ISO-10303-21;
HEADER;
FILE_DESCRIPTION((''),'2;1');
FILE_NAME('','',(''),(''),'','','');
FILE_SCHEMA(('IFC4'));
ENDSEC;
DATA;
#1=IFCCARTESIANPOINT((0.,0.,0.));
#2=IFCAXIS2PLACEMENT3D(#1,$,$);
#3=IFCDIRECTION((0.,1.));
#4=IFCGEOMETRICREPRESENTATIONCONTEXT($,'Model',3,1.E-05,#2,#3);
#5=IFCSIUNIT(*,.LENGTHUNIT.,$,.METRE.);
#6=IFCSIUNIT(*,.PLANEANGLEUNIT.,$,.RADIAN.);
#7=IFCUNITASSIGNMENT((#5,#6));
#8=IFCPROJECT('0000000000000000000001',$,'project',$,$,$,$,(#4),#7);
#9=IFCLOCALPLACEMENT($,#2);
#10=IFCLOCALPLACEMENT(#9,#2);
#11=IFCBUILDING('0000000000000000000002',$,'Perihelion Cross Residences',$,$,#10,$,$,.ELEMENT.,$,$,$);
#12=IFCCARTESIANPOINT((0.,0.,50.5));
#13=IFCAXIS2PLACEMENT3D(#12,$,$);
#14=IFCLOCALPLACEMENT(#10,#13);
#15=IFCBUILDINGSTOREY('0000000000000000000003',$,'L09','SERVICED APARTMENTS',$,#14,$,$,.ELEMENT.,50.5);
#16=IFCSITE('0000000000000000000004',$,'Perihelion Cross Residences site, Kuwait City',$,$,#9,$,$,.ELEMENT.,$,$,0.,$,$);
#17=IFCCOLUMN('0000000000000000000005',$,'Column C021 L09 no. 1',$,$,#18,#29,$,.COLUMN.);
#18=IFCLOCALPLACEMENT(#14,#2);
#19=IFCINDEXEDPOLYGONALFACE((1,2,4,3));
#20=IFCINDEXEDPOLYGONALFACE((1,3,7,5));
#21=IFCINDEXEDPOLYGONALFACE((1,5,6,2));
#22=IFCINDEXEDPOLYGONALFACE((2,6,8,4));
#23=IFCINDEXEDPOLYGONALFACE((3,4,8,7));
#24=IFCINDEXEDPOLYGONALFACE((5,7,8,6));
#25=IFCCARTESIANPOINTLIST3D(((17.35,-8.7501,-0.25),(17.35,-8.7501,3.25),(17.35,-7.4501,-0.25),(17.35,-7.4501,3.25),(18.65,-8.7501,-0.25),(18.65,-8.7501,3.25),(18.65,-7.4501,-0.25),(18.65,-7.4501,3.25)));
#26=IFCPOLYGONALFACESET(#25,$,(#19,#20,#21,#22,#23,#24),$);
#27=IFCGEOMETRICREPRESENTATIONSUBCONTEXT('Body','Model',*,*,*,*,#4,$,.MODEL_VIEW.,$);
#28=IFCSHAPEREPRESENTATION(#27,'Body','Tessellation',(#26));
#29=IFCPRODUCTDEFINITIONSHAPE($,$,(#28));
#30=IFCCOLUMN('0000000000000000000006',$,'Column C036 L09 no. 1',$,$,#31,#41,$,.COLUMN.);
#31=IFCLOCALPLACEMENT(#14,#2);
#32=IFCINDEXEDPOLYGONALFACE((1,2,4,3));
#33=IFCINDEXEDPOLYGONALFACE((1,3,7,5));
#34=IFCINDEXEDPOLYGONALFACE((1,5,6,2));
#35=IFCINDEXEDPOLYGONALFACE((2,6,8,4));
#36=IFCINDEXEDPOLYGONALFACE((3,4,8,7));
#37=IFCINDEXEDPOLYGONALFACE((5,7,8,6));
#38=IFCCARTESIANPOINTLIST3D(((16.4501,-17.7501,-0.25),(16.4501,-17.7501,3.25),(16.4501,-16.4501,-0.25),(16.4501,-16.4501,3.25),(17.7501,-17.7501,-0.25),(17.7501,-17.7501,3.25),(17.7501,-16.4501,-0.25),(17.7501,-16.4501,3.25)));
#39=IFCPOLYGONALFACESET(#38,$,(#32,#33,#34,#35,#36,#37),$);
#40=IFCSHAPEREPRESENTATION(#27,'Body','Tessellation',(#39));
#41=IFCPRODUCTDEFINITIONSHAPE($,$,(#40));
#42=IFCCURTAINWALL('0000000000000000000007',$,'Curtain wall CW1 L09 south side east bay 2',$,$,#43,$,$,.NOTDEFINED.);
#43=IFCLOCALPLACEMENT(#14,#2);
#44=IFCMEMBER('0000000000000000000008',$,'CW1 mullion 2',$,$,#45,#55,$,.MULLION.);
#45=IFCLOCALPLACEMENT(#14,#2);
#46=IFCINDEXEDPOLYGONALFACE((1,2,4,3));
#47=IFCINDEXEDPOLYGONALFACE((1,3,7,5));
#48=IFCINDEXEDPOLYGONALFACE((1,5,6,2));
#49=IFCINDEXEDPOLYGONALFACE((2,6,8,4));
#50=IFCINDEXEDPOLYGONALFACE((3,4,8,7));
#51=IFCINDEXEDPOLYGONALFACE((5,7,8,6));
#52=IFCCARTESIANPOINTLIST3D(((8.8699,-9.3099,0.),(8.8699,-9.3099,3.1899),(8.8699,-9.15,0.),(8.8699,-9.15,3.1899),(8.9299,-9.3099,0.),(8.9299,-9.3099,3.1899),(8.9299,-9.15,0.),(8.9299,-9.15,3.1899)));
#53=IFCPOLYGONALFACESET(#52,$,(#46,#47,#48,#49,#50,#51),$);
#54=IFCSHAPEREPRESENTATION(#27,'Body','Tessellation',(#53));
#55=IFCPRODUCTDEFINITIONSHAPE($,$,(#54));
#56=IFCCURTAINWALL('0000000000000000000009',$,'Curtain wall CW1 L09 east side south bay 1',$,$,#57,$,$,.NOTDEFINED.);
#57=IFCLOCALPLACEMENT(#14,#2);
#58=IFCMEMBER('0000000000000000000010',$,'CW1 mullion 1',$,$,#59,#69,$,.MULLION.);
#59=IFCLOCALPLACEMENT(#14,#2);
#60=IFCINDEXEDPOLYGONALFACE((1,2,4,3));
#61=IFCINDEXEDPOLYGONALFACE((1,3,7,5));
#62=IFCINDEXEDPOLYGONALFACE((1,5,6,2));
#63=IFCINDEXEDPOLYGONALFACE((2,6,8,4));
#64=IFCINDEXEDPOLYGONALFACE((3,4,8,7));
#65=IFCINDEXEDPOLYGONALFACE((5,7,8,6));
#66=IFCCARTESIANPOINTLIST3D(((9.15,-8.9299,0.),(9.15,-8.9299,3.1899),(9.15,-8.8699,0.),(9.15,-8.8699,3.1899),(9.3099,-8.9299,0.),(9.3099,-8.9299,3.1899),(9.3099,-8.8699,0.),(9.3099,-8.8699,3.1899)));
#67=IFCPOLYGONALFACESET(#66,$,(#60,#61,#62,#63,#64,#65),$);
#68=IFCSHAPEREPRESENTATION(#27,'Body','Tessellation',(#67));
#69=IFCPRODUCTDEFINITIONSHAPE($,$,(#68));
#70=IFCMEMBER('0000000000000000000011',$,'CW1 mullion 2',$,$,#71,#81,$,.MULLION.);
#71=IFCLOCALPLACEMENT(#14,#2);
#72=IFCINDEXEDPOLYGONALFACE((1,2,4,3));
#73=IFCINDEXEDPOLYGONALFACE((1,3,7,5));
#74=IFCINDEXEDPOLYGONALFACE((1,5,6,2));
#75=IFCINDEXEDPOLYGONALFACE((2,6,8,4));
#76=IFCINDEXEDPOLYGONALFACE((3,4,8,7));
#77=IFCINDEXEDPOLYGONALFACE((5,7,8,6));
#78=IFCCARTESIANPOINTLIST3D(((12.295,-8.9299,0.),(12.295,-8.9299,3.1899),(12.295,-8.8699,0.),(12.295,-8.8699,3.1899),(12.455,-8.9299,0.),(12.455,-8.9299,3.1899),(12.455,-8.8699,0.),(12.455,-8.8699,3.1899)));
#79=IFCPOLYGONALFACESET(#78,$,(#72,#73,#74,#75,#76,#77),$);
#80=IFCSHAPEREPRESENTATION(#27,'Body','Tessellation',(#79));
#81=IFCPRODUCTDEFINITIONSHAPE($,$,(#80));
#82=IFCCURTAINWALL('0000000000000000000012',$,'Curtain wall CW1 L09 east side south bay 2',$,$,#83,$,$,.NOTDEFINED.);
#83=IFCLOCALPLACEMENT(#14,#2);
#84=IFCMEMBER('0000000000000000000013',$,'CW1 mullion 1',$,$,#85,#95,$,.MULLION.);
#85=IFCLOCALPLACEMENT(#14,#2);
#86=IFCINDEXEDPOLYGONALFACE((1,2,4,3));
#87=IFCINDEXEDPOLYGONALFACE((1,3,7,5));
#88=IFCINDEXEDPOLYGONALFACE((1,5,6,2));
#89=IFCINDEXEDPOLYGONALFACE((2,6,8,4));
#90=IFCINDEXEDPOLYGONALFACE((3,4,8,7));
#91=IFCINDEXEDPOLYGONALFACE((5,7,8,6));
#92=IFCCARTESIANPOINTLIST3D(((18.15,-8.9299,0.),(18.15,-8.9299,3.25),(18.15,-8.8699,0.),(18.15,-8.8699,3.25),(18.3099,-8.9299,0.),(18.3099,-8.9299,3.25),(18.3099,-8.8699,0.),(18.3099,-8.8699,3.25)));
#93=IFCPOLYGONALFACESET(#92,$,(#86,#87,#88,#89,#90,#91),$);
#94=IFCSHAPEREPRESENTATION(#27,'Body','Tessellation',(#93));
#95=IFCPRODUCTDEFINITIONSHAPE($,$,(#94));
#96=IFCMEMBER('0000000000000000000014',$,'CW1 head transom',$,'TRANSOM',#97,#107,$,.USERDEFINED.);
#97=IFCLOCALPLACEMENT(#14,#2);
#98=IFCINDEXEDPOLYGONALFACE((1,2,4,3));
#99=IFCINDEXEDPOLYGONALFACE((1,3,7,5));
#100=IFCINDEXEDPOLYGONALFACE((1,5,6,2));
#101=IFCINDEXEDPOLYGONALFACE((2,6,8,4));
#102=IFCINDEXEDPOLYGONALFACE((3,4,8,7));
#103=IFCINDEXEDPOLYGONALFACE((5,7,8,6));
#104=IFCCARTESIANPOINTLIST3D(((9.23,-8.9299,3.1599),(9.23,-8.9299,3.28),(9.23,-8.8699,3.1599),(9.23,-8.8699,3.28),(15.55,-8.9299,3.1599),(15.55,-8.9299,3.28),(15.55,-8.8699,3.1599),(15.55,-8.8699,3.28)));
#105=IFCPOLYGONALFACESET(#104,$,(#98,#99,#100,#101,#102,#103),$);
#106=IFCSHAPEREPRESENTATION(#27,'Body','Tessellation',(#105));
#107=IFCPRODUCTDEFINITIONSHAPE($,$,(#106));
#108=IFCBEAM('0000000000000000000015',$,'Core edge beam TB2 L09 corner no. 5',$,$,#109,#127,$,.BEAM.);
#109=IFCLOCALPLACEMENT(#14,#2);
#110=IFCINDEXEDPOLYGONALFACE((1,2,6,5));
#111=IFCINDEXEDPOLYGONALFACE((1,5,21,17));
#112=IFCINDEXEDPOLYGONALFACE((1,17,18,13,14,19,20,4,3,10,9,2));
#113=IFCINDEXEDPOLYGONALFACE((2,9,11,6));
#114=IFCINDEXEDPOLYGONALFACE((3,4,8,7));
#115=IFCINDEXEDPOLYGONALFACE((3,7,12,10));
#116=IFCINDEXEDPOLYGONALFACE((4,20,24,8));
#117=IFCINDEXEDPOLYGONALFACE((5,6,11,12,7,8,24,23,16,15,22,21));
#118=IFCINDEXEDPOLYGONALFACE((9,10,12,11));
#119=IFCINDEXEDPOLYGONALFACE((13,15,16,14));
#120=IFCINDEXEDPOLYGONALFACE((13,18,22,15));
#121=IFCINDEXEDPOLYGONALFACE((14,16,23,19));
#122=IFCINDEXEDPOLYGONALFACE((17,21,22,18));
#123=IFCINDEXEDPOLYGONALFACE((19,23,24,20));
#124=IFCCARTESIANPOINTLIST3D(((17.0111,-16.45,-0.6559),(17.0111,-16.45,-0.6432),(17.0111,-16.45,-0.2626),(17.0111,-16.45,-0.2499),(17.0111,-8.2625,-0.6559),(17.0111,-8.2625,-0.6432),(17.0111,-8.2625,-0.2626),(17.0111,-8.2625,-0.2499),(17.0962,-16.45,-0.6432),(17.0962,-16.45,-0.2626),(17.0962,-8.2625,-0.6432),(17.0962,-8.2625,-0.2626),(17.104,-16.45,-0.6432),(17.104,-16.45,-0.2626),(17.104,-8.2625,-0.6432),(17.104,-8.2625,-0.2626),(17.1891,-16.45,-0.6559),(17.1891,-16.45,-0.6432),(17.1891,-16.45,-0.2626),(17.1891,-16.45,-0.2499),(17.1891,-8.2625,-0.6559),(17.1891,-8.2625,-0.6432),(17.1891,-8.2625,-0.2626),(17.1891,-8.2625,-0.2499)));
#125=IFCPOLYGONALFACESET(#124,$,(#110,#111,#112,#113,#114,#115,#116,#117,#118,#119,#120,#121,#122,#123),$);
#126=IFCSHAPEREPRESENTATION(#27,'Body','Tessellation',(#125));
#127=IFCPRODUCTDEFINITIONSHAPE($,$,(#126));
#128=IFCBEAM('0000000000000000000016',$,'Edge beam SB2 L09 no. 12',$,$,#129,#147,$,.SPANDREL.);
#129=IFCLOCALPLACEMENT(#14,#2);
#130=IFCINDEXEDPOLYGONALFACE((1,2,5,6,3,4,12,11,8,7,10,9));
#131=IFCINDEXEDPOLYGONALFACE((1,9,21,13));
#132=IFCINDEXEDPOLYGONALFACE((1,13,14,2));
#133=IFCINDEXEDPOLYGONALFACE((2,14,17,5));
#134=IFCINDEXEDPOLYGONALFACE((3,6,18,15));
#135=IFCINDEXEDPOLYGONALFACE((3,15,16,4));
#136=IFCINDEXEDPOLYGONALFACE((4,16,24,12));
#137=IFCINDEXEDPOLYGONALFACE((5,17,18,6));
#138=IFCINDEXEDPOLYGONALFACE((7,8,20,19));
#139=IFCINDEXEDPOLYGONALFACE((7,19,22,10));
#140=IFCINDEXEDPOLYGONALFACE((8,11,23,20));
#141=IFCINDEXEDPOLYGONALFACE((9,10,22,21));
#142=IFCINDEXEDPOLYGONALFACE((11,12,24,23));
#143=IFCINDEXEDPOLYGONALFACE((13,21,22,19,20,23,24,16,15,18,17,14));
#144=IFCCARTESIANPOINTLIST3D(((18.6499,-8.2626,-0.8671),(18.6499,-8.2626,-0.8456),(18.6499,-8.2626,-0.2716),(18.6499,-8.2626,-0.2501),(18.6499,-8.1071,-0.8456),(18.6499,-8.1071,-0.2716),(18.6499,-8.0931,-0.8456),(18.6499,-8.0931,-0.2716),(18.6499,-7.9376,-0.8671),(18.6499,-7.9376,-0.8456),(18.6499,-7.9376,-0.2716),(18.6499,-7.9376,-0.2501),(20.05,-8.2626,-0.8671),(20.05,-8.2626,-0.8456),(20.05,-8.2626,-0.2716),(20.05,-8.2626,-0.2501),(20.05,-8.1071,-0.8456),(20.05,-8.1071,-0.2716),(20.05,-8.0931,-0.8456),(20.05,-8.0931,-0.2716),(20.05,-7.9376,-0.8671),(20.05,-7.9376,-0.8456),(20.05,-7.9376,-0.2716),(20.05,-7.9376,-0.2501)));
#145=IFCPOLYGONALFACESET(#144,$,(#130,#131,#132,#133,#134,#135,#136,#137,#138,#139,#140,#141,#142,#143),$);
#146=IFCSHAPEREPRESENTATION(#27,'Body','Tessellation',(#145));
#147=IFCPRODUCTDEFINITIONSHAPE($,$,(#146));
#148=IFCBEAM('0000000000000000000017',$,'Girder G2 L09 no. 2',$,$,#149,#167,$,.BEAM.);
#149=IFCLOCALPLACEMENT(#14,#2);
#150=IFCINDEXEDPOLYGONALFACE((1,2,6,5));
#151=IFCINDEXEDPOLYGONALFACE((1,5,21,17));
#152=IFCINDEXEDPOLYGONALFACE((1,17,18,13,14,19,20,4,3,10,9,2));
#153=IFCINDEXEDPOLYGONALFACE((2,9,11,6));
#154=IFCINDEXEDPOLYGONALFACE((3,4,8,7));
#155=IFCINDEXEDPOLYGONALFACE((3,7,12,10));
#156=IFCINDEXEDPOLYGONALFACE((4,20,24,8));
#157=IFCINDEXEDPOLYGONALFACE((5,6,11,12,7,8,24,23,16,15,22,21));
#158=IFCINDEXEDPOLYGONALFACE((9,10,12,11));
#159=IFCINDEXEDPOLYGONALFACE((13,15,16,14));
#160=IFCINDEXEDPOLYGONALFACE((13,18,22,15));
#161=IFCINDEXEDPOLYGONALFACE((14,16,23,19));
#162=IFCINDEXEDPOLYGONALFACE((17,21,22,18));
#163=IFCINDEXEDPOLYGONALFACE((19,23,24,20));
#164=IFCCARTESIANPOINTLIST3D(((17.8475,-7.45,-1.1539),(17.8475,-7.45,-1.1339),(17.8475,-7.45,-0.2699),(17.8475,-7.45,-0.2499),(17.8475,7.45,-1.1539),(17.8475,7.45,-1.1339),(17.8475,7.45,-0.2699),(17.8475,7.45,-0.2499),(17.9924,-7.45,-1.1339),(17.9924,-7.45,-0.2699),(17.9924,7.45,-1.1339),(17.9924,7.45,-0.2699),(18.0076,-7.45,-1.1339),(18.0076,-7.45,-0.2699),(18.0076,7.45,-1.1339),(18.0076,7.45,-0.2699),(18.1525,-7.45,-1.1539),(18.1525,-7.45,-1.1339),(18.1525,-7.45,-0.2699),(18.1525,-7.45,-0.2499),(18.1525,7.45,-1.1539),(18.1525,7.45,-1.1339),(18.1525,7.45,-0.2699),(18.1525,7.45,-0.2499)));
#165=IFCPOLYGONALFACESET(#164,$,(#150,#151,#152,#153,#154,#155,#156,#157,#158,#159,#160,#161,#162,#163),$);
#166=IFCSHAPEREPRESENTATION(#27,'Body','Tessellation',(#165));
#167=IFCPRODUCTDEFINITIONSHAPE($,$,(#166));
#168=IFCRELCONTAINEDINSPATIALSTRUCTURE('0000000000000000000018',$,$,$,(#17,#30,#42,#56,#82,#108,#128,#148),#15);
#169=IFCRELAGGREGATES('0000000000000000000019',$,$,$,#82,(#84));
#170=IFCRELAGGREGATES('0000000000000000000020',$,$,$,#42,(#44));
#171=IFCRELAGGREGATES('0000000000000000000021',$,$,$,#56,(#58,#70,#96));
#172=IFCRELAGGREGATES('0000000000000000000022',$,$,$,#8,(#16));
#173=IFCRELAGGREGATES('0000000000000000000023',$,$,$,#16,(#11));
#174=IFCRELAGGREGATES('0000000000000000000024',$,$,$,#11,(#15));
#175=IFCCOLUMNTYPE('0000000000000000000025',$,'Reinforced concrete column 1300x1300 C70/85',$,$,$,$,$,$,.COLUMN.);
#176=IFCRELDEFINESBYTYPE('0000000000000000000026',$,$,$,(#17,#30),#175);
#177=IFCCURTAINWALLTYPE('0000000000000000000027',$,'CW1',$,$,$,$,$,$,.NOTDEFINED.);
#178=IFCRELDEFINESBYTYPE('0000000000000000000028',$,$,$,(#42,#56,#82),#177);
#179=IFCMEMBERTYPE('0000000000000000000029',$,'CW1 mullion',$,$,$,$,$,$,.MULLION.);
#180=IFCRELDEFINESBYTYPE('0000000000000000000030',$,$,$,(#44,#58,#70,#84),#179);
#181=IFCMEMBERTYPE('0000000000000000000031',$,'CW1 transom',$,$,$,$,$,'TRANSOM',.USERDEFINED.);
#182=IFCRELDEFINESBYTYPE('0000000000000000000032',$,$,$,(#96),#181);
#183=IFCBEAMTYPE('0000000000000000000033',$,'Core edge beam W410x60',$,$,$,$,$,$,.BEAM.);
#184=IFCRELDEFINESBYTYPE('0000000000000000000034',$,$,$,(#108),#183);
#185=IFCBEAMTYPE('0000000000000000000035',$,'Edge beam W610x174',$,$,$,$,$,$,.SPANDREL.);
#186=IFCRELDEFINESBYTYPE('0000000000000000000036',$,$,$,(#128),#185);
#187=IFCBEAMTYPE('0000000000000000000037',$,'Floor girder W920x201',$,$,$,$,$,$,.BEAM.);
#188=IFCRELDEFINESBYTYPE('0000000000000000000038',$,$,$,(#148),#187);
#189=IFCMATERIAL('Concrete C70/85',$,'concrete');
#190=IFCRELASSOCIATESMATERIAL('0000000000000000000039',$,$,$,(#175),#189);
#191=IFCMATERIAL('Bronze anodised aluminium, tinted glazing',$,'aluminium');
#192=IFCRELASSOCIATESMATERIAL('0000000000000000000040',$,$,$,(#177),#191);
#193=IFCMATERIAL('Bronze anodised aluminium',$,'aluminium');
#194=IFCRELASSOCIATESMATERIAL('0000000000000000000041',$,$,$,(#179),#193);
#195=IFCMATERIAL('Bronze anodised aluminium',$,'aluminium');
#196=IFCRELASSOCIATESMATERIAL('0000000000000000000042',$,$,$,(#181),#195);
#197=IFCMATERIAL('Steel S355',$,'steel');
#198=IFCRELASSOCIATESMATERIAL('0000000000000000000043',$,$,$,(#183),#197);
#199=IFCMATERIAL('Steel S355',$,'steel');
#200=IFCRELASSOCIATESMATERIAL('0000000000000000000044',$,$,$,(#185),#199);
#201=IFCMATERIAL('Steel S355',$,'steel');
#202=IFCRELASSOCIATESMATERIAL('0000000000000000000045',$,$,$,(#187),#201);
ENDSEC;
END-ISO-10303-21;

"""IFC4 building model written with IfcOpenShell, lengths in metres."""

from ifc_helpers import new_model, si_unit, direction, frame, origin, origin_2d, place, context, subcontext, project, spatial, rectangle, i_section, extrude, material, material_profile, profile_set, type_object, element, aggregate, save


model = new_model("IFC4")

# Units and contexts
model_context = context("Model", 3, precision=1e-05, world=origin(), true_north=direction((0.0, 1.0)))
body_context = subcontext(model_context, "Body", "Model", "MODEL_VIEW")
ifc_project = project(units=[si_unit("LENGTHUNIT", "METRE"), si_unit("PLANEANGLEUNIT", "RADIAN")], contexts=[model_context])

# Site, building, storey
site_placement = place(None, origin())
site = spatial("IfcSite", under=ifc_project, at=site_placement, Name="Perihelion Cross Residences site, Kuwait City", CompositionType="ELEMENT", RefElevation=0.0)
building_placement = place(site_placement, origin())
building = spatial("IfcBuilding", under=site, at=building_placement, Name="Perihelion Cross Residences", CompositionType="ELEMENT")
storey_placement = place(building_placement, frame((0.0, 0.0, 50.5)))
storey = spatial("IfcBuildingStorey", under=building, at=storey_placement, Name="L09", Description="SERVICED APARTMENTS", CompositionType="ELEMENT", Elevation=50.5)

# Columns
ifc_material_1 = material(Name="Concrete C70/85", Category="concrete")
ifc_material_profile_1 = material_profile(ifc_material_1, rectangle(XDim=1.3, YDim=1.3, at=origin_2d()), Name="RC 1300x1300")
ifc_profile_set_1 = profile_set([ifc_material_profile_1], Name="Concrete C70/85")
column_type = type_object("IfcColumnType", Name="Reinforced concrete column 1300x1300 C70/85", PredefinedType="COLUMN", material=ifc_profile_set_1)
for number, where, z_axis, x_axis, name in (
    (1, (18.0, -8.1001, -0.25), (0.0, 0.0, 1.0), (1.0, 0.0, 0.0), "Column C021 L09 no. 1"),
    (2, (17.1001, -17.1001, -0.25), (0.0, 0.0, 1.0), (1.0, 0.0, 0.0), "Column C036 L09 no. 1"),
):
    element("IfcColumn", number, at=place(storey_placement, frame(where, z_axis=z_axis, x_axis=x_axis)), inside=storey, type_object=column_type, Name=name, PredefinedType="COLUMN", context=body_context, shape_type="SweptSolid", body=[
        extrude(rectangle(XDim=1.3, YDim=1.3, at=origin_2d()), origin(), (0.0, 0.0, 1.0), 3.5),
    ])

# Curtain wall, member
ifc_material_2 = material(Name="Bronze anodised aluminium, tinted glazing", Category="aluminium")
curtain_wall_type = type_object("IfcCurtainWallType", Name="CW1", PredefinedType="NOTDEFINED", material=ifc_material_2)
curtain_wall_1_placement = place(storey_placement, origin())
curtain_wall_1 = element("IfcCurtainWall", 3, at=curtain_wall_1_placement, inside=storey, type_object=curtain_wall_type, Name="Curtain wall CW1 L09 south side east bay 2", PredefinedType="NOTDEFINED")
ifc_material_3 = material(Name="Bronze anodised aluminium", Category="aluminium")
ifc_material_profile_2 = material_profile(ifc_material_3, rectangle(XDim=0.0601, YDim=0.1599, at=origin_2d()), Name="CW1 mullion")
ifc_profile_set_2 = profile_set([ifc_material_profile_2], Name="Bronze anodised aluminium")
member_type_1 = type_object("IfcMemberType", Name="CW1 mullion", PredefinedType="MULLION", material=ifc_profile_set_2)
member_1_placement = place(storey_placement, frame((8.8999, -9.23, 0.0), z_axis=(0.0, 0.0, 1.0), x_axis=(-1.0, 0.0, 0.0)))
member_1 = element("IfcMember", 4, at=member_1_placement, type_object=member_type_1, Name="CW1 mullion 2", PredefinedType="MULLION", context=body_context, shape_type="SweptSolid", body=[
    extrude(rectangle(XDim=0.0601, YDim=0.1599, at=origin_2d()), origin(), (0.0, 0.0, 1.0), 3.1899),
])

# Curtain wall, members
curtain_wall_2_placement = place(storey_placement, origin())
curtain_wall_2 = element("IfcCurtainWall", 5, at=curtain_wall_2_placement, inside=storey, type_object=curtain_wall_type, Name="Curtain wall CW1 L09 east side south bay 1", PredefinedType="NOTDEFINED")
member_2_placement = place(storey_placement, frame((9.23, -8.8999, 0.0), z_axis=(0.0, 0.0, 1.0), x_axis=(0.0, 1.0, 0.0)))
member_2 = element("IfcMember", 6, at=member_2_placement, type_object=member_type_1, Name="CW1 mullion 1", PredefinedType="MULLION", context=body_context, shape_type="SweptSolid", body=[
    extrude(rectangle(XDim=0.0601, YDim=0.1599, at=origin_2d()), origin(), (0.0, 0.0, 1.0), 3.1899),
])
member_3_placement = place(storey_placement, frame((12.375, -8.8999, 0.0), z_axis=(0.0, 0.0, 1.0), x_axis=(0.0, 1.0, 0.0)))
member_3 = element("IfcMember", 7, at=member_3_placement, type_object=member_type_1, Name="CW1 mullion 2", PredefinedType="MULLION", context=body_context, shape_type="SweptSolid", body=[
    extrude(rectangle(XDim=0.0601, YDim=0.1599, at=origin_2d()), origin(), (0.0, 0.0, 1.0), 3.1899),
])

# Curtain wall, member
curtain_wall_3_placement = place(storey_placement, origin())
curtain_wall_3 = element("IfcCurtainWall", 8, at=curtain_wall_3_placement, inside=storey, type_object=curtain_wall_type, Name="Curtain wall CW1 L09 east side south bay 2", PredefinedType="NOTDEFINED")
member_4_placement = place(storey_placement, frame((18.23, -8.8999, 0.0), z_axis=(0.0, 0.0, 1.0), x_axis=(0.0, 1.0, 0.0)))
member_4 = element("IfcMember", 9, at=member_4_placement, type_object=member_type_1, Name="CW1 mullion 1", PredefinedType="MULLION", context=body_context, shape_type="SweptSolid", body=[
    extrude(rectangle(XDim=0.0601, YDim=0.1599, at=origin_2d()), origin(), (0.0, 0.0, 1.0), 3.25),
])
aggregate(curtain_wall_3, [member_4])

# Member
ifc_material_4 = material(Name="Bronze anodised aluminium", Category="aluminium")
ifc_material_profile_3 = material_profile(ifc_material_4, rectangle(XDim=0.0601, YDim=0.1201, at=origin_2d()), Name="CW1 transom")
ifc_profile_set_3 = profile_set([ifc_material_profile_3], Name="Bronze anodised aluminium")
member_type_2 = type_object("IfcMemberType", Name="CW1 transom", ElementType="TRANSOM", PredefinedType="USERDEFINED", material=ifc_profile_set_3)
member_5_placement = place(storey_placement, frame((9.23, -8.8999, 3.22), z_axis=(1.0, 0.0, 0.0), x_axis=(0.0, 1.0, 0.0)))
member_5 = element("IfcMember", 10, at=member_5_placement, type_object=member_type_2, Name="CW1 head transom", ObjectType="TRANSOM", PredefinedType="USERDEFINED", context=body_context, shape_type="SweptSolid", body=[
    extrude(rectangle(XDim=0.0601, YDim=0.1201, at=origin_2d()), origin(), (0.0, 0.0, 1.0), 6.3201),
])

# Beams
ifc_material_5 = material(Name="Steel S355", Category="steel")
ifc_material_profile_4 = material_profile(ifc_material_5, i_section(OverallWidth=0.178, OverallDepth=0.406, WebThickness=0.0078, FlangeThickness=0.0127, at=origin_2d()), Name="W410x60")
ifc_profile_set_4 = profile_set([ifc_material_profile_4], Name="Steel S355")
beam_type_1 = type_object("IfcBeamType", Name="Core edge beam W410x60", PredefinedType="BEAM", material=ifc_profile_set_4)
beam_1_placement = place(storey_placement, frame((17.1001, -8.2625, -0.4529), z_axis=(0.0, -1.0, 0.0), x_axis=(1.0, 0.0, 0.0)))
element("IfcBeam", 11, at=beam_1_placement, inside=storey, type_object=beam_type_1, Name="Core edge beam TB2 L09 corner no. 5", PredefinedType="BEAM", context=body_context, shape_type="SweptSolid", body=[
    extrude(i_section(OverallWidth=0.178, OverallDepth=0.406, WebThickness=0.0078, FlangeThickness=0.0127, at=origin_2d()), origin(), (0.0, 0.0, 1.0), 8.1875),
])
ifc_material_6 = material(Name="Steel S355", Category="steel")
ifc_material_profile_5 = material_profile(ifc_material_6, i_section(OverallWidth=0.325, OverallDepth=0.6169, WebThickness=0.0139, FlangeThickness=0.0215, at=origin_2d()), Name="W610x174")
ifc_profile_set_5 = profile_set([ifc_material_profile_5], Name="Steel S355")
beam_type_2 = type_object("IfcBeamType", Name="Edge beam W610x174", PredefinedType="SPANDREL", material=ifc_profile_set_5)
beam_2_placement = place(storey_placement, frame((18.6499, -8.1001, -0.5586), z_axis=(1.0, 0.0, 0.0), x_axis=(0.0, 1.0, 0.0)))
element("IfcBeam", 12, at=beam_2_placement, inside=storey, type_object=beam_type_2, Name="Edge beam SB2 L09 no. 12", PredefinedType="SPANDREL", context=body_context, shape_type="SweptSolid", body=[
    extrude(i_section(OverallWidth=0.325, OverallDepth=0.6169, WebThickness=0.0139, FlangeThickness=0.0215, at=origin_2d()), origin(), (0.0, 0.0, 1.0), 1.4001),
])
ifc_material_7 = material(Name="Steel S355", Category="steel")
ifc_material_profile_6 = material_profile(ifc_material_7, i_section(OverallWidth=0.3049, OverallDepth=0.9041, WebThickness=0.0151, FlangeThickness=0.02, at=origin_2d()), Name="W920x201")
ifc_profile_set_6 = profile_set([ifc_material_profile_6], Name="Steel S355")
beam_type_3 = type_object("IfcBeamType", Name="Floor girder W920x201", PredefinedType="BEAM", material=ifc_profile_set_6)
beam_3_placement = place(storey_placement, frame((18.0, -7.45, -0.7019), z_axis=(0.0, 1.0, 0.0), x_axis=(-1.0, 0.0, 0.0)))
element("IfcBeam", 13, at=beam_3_placement, inside=storey, type_object=beam_type_3, Name="Girder G2 L09 no. 2", PredefinedType="BEAM", context=body_context, shape_type="SweptSolid", body=[
    extrude(i_section(OverallWidth=0.3049, OverallDepth=0.9041, WebThickness=0.0151, FlangeThickness=0.02, at=origin_2d()), origin(), (0.0, 0.0, 1.0), 14.8999),
])

aggregate(curtain_wall_1, [member_1])
aggregate(curtain_wall_2, [member_2, member_3, member_5])

save(model, "model.ifc")
